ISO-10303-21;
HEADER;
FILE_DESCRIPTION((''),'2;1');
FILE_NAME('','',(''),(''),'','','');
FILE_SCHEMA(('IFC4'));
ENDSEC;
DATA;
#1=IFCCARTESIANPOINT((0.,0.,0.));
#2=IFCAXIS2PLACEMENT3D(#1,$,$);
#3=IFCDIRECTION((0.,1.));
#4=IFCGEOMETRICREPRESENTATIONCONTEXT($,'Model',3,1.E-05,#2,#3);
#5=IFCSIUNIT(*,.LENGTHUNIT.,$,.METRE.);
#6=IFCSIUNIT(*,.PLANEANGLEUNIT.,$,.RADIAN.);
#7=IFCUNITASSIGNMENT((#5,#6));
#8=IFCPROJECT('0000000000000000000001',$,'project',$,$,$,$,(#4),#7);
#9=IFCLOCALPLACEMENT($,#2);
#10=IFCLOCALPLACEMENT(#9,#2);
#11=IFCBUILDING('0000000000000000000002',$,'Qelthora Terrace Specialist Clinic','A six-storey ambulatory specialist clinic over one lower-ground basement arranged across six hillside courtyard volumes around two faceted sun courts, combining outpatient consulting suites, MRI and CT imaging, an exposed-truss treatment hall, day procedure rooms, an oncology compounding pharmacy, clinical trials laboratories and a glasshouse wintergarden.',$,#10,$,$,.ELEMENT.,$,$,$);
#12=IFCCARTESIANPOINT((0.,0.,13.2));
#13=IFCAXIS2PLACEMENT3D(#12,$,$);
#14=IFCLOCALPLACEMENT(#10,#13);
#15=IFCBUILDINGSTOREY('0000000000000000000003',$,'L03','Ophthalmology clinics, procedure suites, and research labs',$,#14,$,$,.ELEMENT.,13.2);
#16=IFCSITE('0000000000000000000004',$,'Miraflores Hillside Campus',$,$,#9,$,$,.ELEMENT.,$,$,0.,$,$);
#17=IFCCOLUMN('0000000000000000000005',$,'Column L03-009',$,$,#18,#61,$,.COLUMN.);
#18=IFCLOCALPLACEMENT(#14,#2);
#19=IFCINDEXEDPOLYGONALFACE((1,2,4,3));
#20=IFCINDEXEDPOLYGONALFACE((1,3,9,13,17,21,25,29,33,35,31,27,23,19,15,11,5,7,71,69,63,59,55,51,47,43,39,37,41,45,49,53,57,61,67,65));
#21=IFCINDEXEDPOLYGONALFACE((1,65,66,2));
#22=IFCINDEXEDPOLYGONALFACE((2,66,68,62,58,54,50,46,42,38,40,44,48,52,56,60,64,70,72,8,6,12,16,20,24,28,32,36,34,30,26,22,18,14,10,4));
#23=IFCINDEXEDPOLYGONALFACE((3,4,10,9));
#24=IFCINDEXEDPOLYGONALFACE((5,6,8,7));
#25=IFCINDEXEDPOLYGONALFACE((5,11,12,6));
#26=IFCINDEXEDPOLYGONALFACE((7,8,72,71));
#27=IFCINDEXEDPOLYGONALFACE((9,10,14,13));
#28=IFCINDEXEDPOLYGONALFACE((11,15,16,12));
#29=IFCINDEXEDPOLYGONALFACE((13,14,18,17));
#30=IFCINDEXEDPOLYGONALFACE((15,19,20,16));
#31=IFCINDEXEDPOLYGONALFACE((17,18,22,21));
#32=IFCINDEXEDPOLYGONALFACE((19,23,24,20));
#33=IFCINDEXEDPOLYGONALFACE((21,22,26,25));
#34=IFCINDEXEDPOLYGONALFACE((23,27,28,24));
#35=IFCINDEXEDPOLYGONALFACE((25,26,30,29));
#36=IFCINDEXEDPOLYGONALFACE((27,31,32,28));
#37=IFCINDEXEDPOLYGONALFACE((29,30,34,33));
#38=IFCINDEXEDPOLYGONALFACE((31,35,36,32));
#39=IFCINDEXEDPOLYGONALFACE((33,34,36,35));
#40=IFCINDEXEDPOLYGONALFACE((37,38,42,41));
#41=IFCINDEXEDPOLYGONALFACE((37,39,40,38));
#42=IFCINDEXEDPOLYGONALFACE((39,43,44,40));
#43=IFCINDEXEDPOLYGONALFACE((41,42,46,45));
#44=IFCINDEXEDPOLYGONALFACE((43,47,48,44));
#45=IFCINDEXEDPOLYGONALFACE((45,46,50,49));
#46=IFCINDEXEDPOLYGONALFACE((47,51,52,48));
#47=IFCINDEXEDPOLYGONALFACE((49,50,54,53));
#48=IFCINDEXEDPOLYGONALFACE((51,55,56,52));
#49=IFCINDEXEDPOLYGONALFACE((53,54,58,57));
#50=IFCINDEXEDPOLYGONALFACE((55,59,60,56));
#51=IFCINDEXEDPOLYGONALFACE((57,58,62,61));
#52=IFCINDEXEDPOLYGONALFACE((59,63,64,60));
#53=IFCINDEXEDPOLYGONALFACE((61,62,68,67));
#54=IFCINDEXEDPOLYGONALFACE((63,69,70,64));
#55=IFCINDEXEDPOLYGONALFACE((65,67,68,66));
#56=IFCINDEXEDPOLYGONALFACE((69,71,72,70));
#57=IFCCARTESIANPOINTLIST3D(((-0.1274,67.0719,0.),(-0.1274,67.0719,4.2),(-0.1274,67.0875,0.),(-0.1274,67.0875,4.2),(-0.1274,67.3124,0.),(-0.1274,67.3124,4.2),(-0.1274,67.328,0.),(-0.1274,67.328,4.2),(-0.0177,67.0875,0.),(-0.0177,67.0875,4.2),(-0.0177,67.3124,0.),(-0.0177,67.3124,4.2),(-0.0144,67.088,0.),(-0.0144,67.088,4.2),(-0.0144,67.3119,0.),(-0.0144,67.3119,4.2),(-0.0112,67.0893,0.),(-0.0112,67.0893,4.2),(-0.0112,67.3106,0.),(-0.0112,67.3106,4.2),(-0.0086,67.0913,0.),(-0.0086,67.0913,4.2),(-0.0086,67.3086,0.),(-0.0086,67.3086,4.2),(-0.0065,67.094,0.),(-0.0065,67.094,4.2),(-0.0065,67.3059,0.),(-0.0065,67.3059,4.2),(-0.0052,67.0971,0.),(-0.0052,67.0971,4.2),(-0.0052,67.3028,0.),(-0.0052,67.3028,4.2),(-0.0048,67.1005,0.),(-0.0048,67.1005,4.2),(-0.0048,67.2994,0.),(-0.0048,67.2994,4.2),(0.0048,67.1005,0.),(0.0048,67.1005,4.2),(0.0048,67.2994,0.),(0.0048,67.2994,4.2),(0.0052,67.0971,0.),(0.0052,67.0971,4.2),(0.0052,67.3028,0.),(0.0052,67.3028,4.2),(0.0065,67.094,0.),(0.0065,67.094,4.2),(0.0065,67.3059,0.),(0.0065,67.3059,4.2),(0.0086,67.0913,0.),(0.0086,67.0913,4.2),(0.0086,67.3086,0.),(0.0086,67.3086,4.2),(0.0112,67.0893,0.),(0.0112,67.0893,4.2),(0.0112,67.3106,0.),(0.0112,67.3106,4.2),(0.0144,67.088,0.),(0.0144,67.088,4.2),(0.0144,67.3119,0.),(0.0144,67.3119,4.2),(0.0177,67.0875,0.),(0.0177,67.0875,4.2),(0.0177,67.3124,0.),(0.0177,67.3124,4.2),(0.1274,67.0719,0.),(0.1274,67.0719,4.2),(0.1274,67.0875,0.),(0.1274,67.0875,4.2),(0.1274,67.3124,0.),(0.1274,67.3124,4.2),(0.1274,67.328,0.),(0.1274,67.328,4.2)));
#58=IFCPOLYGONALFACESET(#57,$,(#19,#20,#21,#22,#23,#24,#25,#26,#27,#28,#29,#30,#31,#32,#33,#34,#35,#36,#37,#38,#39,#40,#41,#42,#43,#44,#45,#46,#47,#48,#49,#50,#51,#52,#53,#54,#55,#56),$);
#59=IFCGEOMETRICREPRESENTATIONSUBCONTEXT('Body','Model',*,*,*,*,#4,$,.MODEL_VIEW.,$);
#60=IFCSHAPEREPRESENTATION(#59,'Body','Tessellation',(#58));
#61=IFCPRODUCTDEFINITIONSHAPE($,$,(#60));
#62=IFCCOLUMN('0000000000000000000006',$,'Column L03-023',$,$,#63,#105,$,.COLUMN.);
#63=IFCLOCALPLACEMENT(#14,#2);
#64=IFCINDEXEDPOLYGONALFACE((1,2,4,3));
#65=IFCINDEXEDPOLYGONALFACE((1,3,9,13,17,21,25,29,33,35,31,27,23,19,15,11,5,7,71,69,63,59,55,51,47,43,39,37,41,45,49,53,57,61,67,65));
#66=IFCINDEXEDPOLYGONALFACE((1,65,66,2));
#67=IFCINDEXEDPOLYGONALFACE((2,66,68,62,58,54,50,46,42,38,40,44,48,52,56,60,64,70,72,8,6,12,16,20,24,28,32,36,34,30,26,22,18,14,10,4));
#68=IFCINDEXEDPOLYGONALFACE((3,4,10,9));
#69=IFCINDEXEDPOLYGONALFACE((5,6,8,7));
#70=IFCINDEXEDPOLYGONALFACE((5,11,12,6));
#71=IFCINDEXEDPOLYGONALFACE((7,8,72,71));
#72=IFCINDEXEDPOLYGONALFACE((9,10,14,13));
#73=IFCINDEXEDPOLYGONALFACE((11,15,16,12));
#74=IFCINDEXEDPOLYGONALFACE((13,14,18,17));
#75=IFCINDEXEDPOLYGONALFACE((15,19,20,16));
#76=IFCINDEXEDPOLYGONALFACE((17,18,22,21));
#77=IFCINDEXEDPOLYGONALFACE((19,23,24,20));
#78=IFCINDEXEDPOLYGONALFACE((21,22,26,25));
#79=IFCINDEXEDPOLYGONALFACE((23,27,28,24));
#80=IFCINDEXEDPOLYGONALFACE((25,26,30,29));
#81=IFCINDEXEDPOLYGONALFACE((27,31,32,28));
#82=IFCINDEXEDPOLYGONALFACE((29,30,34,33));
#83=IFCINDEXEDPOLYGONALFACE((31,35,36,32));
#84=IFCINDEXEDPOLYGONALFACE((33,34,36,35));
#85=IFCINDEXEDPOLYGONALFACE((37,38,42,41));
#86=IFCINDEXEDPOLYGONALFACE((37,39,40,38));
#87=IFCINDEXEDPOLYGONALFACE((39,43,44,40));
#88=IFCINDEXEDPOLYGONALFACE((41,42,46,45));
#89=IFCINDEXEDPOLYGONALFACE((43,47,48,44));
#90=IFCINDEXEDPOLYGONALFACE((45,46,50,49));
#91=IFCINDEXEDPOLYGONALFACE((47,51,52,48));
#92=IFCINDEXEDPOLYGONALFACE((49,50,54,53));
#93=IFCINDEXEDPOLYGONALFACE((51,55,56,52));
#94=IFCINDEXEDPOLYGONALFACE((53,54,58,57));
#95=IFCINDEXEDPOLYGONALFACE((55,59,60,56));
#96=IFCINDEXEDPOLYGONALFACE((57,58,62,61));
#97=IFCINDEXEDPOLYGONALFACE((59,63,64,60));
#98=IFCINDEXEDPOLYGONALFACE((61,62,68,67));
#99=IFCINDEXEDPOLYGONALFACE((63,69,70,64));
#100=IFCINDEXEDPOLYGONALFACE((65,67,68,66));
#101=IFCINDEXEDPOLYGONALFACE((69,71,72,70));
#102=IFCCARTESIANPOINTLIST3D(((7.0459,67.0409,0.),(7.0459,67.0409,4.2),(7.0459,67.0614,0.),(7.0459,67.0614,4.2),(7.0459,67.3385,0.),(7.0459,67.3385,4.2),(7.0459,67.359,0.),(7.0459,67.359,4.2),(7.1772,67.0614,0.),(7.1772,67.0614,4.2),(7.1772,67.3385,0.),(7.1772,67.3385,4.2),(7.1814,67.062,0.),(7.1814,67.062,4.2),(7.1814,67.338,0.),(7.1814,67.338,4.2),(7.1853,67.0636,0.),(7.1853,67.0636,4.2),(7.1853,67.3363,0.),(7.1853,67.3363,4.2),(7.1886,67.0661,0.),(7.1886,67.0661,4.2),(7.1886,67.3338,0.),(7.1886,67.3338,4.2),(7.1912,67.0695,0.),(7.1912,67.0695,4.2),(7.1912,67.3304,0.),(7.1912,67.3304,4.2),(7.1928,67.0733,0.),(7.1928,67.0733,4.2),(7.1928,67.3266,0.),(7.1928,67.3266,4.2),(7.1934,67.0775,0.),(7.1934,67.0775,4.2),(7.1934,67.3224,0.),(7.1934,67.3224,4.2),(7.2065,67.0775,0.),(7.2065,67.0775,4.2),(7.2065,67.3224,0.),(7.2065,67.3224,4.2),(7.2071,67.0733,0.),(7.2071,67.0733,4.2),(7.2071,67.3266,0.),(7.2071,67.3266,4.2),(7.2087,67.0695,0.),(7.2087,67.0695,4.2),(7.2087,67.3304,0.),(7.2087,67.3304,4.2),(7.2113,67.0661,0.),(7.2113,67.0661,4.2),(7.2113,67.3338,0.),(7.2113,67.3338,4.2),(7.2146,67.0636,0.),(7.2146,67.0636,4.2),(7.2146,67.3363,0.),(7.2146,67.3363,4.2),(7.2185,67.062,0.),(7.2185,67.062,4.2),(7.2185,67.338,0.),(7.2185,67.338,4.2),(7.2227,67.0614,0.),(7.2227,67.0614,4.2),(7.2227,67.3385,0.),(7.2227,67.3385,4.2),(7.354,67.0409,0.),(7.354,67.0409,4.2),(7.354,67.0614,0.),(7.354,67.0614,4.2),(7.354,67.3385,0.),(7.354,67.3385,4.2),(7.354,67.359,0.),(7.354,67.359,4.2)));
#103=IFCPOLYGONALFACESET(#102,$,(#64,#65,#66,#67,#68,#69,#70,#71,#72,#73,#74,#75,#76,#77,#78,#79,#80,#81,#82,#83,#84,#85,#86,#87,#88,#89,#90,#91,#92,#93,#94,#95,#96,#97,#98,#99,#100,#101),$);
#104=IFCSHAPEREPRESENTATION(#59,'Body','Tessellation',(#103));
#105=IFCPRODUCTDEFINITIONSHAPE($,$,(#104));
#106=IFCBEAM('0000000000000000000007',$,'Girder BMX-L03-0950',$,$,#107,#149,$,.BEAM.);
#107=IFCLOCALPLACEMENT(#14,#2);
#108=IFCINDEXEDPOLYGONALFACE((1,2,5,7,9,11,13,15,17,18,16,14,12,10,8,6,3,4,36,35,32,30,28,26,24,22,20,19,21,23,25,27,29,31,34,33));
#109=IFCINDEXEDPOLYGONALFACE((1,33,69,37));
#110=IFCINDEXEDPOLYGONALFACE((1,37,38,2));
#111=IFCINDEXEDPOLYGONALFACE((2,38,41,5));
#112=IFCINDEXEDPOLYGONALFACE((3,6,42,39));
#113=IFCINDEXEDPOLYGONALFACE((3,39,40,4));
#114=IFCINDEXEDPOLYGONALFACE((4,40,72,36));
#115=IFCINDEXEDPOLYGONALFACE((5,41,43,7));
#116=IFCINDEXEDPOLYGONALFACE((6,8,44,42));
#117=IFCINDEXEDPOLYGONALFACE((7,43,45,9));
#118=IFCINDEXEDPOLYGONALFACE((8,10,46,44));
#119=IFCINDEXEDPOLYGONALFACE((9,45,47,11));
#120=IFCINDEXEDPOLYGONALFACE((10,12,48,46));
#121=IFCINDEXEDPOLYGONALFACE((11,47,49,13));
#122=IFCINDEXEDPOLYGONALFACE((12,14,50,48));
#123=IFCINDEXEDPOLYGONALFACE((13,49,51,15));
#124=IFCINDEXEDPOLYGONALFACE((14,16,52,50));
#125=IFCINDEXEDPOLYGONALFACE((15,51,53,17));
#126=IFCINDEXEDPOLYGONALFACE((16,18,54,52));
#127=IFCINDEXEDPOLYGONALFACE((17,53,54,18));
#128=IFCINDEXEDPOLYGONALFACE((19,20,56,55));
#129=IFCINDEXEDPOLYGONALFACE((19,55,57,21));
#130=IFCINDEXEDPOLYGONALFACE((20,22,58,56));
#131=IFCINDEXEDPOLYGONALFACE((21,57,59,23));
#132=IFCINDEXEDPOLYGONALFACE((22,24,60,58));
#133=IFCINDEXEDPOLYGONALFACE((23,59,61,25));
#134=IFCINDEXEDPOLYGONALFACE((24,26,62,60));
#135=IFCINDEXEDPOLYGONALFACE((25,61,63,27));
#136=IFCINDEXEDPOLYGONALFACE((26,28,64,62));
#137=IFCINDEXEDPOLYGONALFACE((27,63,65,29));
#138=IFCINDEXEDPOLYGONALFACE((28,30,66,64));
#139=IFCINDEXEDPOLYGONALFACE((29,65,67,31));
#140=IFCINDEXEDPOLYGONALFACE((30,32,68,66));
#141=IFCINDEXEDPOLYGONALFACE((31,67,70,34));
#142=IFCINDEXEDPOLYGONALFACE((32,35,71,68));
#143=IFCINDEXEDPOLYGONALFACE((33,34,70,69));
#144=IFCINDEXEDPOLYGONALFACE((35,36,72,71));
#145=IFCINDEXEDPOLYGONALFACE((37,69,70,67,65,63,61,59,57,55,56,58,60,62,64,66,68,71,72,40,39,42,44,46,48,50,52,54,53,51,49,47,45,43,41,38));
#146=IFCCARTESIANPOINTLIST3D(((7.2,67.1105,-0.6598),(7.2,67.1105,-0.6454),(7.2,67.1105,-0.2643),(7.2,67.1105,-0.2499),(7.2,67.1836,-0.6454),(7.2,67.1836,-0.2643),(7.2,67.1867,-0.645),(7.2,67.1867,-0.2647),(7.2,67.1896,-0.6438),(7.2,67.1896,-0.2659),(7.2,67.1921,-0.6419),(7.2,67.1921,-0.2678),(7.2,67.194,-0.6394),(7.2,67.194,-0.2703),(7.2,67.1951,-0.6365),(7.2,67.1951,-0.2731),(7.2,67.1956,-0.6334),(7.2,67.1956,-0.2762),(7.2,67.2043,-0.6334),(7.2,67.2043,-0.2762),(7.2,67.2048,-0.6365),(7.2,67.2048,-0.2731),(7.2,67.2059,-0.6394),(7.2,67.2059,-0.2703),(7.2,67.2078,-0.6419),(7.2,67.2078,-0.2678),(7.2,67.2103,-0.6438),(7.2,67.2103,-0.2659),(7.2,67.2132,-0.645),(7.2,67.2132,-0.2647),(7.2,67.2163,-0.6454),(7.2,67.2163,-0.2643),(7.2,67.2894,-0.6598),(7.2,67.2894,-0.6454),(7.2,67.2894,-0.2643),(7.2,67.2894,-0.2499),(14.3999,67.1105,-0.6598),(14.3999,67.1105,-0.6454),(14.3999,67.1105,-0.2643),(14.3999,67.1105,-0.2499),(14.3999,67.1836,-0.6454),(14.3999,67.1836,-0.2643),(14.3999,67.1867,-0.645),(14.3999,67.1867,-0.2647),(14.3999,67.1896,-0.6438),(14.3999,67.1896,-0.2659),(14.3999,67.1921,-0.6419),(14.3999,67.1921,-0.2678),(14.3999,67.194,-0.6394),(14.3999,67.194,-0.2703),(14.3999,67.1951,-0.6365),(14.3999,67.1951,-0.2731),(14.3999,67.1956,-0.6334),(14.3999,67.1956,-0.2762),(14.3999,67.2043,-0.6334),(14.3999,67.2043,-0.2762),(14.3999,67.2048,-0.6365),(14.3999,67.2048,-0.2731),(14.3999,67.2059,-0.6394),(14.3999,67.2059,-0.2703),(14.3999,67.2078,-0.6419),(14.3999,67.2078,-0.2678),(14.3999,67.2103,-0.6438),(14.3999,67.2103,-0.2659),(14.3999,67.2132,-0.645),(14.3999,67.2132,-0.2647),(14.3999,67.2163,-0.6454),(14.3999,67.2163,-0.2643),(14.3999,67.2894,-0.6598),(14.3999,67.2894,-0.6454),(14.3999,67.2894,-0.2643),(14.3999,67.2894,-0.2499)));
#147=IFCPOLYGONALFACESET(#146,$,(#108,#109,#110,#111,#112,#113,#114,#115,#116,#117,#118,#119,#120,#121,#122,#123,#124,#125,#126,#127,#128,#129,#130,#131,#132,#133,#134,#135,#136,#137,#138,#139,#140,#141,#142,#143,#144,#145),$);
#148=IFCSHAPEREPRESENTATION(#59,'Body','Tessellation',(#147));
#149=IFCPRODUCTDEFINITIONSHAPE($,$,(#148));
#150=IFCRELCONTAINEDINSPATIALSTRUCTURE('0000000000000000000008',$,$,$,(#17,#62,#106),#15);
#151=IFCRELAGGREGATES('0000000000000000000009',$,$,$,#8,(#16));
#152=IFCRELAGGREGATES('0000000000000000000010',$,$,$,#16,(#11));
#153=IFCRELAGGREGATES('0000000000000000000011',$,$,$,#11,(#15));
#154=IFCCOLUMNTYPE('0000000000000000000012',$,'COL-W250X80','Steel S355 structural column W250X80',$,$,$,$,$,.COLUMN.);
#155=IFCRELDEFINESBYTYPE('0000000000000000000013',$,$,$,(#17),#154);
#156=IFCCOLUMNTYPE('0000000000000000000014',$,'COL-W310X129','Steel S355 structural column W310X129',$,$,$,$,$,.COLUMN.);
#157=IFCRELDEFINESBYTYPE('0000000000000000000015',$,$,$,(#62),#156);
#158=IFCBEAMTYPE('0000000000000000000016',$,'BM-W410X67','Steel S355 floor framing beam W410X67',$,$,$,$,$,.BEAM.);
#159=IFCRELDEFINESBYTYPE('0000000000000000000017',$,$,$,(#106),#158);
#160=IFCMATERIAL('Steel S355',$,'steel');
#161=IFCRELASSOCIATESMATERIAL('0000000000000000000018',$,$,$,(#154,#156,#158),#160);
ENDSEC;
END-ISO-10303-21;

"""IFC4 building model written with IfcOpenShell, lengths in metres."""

from ifc_helpers import new_model, si_unit, direction, frame, origin, origin_2d, place, context, subcontext, project, spatial, i_section, extrude, material, material_profile, profile_set, type_object, element, save


model = new_model("IFC4")

# Units and contexts
model_context = context("Model", 3, precision=1e-05, world=origin(), true_north=direction((0.0, 1.0)))
body_context = subcontext(model_context, "Body", "Model", "MODEL_VIEW")
ifc_project = project(units=[si_unit("LENGTHUNIT", "METRE"), si_unit("PLANEANGLEUNIT", "RADIAN")], contexts=[model_context])

# Site, building, storey
site_placement = place(None, origin())
site = spatial("IfcSite", under=ifc_project, at=site_placement, Name="Miraflores Hillside Campus", CompositionType="ELEMENT", RefElevation=0.0)
building_placement = place(site_placement, origin())
building = spatial("IfcBuilding", under=site, at=building_placement, Name="Qelthora Terrace Specialist Clinic", Description="A six-storey ambulatory specialist clinic over one lower-ground basement arranged across six hillside courtyard volumes around two faceted sun courts, combining outpatient consulting suites, MRI and CT imaging, an exposed-truss treatment hall, day procedure rooms, an oncology compounding pharmacy, clinical trials laboratories and a glasshouse wintergarden.", CompositionType="ELEMENT")
storey_placement = place(building_placement, frame((0.0, 0.0, 13.2)))
storey = spatial("IfcBuildingStorey", under=building, at=storey_placement, Name="L03", Description="Ophthalmology clinics, procedure suites, and research labs", CompositionType="ELEMENT", Elevation=13.2)

# Columns
ifc_material_1 = material(Name="Steel S355", Category="steel")
ifc_material_profile_1 = material_profile(ifc_material_1, i_section(OverallWidth=0.2549, OverallDepth=0.2561, WebThickness=0.0095, FlangeThickness=0.0156, FilletRadius=0.0129, at=origin_2d()), Name="W250X80")
ifc_profile_set_1 = profile_set([ifc_material_profile_1], Name="Steel S355")
column_type_1 = type_object("IfcColumnType", Name="COL-W250X80", Description="Steel S355 structural column W250X80", PredefinedType="COLUMN", material=ifc_profile_set_1)
column_1_placement = place(storey_placement, frame((0.0, 67.2, 0.0), z_axis=(0.0, 0.0, 1.0), x_axis=(1.0, 0.0, 0.0)))
element("IfcColumn", 1, at=column_1_placement, inside=storey, type_object=column_type_1, Name="Column L03-009", PredefinedType="COLUMN", context=body_context, shape_type="SweptSolid", body=[
    extrude(i_section(OverallWidth=0.2549, OverallDepth=0.2561, WebThickness=0.0095, FlangeThickness=0.0156, FilletRadius=0.0129, at=origin_2d()), origin(), (0.0, 0.0, 1.0), 4.2),
])
ifc_material_profile_2 = material_profile(ifc_material_1, i_section(OverallWidth=0.3081, OverallDepth=0.3181, WebThickness=0.0132, FlangeThickness=0.0205, FilletRadius=0.0161, at=origin_2d()), Name="W310X129")
ifc_profile_set_2 = profile_set([ifc_material_profile_2], Name="Steel S355")
column_type_2 = type_object("IfcColumnType", Name="COL-W310X129", Description="Steel S355 structural column W310X129", PredefinedType="COLUMN", material=ifc_profile_set_2)
column_2_placement = place(storey_placement, frame((7.2, 67.2, 0.0), z_axis=(0.0, 0.0, 1.0), x_axis=(1.0, 0.0, 0.0)))
element("IfcColumn", 2, at=column_2_placement, inside=storey, type_object=column_type_2, Name="Column L03-023", PredefinedType="COLUMN", context=body_context, shape_type="SweptSolid", body=[
    extrude(i_section(OverallWidth=0.3081, OverallDepth=0.3181, WebThickness=0.0132, FlangeThickness=0.0205, FilletRadius=0.0161, at=origin_2d()), origin(), (0.0, 0.0, 1.0), 4.2),
])

# Beam
ifc_material_profile_3 = material_profile(ifc_material_1, i_section(OverallWidth=0.179, OverallDepth=0.4099, WebThickness=0.0088, FlangeThickness=0.0144, FilletRadius=0.012, at=origin_2d()), Name="W410X67")
ifc_profile_set_3 = profile_set([ifc_material_profile_3], Name="Steel S355")
beam_type_1 = type_object("IfcBeamType", Name="BM-W410X67", Description="Steel S355 floor framing beam W410X67", PredefinedType="BEAM", material=ifc_profile_set_3)
beam_1_placement = place(storey_placement, frame((7.2, 67.2, -0.4548), z_axis=(1.0, 0.0, 0.0), x_axis=(0.0, 1.0, 0.0)))
element("IfcBeam", 3, at=beam_1_placement, inside=storey, type_object=beam_type_1, Name="Girder BMX-L03-0950", PredefinedType="BEAM", context=body_context, shape_type="SweptSolid", body=[
    extrude(i_section(OverallWidth=0.179, OverallDepth=0.4099, WebThickness=0.0088, FlangeThickness=0.0144, FilletRadius=0.012, at=origin_2d()), origin(), (0.0, 0.0, 1.0), 7.2),
])

save(model, "model.ifc")
